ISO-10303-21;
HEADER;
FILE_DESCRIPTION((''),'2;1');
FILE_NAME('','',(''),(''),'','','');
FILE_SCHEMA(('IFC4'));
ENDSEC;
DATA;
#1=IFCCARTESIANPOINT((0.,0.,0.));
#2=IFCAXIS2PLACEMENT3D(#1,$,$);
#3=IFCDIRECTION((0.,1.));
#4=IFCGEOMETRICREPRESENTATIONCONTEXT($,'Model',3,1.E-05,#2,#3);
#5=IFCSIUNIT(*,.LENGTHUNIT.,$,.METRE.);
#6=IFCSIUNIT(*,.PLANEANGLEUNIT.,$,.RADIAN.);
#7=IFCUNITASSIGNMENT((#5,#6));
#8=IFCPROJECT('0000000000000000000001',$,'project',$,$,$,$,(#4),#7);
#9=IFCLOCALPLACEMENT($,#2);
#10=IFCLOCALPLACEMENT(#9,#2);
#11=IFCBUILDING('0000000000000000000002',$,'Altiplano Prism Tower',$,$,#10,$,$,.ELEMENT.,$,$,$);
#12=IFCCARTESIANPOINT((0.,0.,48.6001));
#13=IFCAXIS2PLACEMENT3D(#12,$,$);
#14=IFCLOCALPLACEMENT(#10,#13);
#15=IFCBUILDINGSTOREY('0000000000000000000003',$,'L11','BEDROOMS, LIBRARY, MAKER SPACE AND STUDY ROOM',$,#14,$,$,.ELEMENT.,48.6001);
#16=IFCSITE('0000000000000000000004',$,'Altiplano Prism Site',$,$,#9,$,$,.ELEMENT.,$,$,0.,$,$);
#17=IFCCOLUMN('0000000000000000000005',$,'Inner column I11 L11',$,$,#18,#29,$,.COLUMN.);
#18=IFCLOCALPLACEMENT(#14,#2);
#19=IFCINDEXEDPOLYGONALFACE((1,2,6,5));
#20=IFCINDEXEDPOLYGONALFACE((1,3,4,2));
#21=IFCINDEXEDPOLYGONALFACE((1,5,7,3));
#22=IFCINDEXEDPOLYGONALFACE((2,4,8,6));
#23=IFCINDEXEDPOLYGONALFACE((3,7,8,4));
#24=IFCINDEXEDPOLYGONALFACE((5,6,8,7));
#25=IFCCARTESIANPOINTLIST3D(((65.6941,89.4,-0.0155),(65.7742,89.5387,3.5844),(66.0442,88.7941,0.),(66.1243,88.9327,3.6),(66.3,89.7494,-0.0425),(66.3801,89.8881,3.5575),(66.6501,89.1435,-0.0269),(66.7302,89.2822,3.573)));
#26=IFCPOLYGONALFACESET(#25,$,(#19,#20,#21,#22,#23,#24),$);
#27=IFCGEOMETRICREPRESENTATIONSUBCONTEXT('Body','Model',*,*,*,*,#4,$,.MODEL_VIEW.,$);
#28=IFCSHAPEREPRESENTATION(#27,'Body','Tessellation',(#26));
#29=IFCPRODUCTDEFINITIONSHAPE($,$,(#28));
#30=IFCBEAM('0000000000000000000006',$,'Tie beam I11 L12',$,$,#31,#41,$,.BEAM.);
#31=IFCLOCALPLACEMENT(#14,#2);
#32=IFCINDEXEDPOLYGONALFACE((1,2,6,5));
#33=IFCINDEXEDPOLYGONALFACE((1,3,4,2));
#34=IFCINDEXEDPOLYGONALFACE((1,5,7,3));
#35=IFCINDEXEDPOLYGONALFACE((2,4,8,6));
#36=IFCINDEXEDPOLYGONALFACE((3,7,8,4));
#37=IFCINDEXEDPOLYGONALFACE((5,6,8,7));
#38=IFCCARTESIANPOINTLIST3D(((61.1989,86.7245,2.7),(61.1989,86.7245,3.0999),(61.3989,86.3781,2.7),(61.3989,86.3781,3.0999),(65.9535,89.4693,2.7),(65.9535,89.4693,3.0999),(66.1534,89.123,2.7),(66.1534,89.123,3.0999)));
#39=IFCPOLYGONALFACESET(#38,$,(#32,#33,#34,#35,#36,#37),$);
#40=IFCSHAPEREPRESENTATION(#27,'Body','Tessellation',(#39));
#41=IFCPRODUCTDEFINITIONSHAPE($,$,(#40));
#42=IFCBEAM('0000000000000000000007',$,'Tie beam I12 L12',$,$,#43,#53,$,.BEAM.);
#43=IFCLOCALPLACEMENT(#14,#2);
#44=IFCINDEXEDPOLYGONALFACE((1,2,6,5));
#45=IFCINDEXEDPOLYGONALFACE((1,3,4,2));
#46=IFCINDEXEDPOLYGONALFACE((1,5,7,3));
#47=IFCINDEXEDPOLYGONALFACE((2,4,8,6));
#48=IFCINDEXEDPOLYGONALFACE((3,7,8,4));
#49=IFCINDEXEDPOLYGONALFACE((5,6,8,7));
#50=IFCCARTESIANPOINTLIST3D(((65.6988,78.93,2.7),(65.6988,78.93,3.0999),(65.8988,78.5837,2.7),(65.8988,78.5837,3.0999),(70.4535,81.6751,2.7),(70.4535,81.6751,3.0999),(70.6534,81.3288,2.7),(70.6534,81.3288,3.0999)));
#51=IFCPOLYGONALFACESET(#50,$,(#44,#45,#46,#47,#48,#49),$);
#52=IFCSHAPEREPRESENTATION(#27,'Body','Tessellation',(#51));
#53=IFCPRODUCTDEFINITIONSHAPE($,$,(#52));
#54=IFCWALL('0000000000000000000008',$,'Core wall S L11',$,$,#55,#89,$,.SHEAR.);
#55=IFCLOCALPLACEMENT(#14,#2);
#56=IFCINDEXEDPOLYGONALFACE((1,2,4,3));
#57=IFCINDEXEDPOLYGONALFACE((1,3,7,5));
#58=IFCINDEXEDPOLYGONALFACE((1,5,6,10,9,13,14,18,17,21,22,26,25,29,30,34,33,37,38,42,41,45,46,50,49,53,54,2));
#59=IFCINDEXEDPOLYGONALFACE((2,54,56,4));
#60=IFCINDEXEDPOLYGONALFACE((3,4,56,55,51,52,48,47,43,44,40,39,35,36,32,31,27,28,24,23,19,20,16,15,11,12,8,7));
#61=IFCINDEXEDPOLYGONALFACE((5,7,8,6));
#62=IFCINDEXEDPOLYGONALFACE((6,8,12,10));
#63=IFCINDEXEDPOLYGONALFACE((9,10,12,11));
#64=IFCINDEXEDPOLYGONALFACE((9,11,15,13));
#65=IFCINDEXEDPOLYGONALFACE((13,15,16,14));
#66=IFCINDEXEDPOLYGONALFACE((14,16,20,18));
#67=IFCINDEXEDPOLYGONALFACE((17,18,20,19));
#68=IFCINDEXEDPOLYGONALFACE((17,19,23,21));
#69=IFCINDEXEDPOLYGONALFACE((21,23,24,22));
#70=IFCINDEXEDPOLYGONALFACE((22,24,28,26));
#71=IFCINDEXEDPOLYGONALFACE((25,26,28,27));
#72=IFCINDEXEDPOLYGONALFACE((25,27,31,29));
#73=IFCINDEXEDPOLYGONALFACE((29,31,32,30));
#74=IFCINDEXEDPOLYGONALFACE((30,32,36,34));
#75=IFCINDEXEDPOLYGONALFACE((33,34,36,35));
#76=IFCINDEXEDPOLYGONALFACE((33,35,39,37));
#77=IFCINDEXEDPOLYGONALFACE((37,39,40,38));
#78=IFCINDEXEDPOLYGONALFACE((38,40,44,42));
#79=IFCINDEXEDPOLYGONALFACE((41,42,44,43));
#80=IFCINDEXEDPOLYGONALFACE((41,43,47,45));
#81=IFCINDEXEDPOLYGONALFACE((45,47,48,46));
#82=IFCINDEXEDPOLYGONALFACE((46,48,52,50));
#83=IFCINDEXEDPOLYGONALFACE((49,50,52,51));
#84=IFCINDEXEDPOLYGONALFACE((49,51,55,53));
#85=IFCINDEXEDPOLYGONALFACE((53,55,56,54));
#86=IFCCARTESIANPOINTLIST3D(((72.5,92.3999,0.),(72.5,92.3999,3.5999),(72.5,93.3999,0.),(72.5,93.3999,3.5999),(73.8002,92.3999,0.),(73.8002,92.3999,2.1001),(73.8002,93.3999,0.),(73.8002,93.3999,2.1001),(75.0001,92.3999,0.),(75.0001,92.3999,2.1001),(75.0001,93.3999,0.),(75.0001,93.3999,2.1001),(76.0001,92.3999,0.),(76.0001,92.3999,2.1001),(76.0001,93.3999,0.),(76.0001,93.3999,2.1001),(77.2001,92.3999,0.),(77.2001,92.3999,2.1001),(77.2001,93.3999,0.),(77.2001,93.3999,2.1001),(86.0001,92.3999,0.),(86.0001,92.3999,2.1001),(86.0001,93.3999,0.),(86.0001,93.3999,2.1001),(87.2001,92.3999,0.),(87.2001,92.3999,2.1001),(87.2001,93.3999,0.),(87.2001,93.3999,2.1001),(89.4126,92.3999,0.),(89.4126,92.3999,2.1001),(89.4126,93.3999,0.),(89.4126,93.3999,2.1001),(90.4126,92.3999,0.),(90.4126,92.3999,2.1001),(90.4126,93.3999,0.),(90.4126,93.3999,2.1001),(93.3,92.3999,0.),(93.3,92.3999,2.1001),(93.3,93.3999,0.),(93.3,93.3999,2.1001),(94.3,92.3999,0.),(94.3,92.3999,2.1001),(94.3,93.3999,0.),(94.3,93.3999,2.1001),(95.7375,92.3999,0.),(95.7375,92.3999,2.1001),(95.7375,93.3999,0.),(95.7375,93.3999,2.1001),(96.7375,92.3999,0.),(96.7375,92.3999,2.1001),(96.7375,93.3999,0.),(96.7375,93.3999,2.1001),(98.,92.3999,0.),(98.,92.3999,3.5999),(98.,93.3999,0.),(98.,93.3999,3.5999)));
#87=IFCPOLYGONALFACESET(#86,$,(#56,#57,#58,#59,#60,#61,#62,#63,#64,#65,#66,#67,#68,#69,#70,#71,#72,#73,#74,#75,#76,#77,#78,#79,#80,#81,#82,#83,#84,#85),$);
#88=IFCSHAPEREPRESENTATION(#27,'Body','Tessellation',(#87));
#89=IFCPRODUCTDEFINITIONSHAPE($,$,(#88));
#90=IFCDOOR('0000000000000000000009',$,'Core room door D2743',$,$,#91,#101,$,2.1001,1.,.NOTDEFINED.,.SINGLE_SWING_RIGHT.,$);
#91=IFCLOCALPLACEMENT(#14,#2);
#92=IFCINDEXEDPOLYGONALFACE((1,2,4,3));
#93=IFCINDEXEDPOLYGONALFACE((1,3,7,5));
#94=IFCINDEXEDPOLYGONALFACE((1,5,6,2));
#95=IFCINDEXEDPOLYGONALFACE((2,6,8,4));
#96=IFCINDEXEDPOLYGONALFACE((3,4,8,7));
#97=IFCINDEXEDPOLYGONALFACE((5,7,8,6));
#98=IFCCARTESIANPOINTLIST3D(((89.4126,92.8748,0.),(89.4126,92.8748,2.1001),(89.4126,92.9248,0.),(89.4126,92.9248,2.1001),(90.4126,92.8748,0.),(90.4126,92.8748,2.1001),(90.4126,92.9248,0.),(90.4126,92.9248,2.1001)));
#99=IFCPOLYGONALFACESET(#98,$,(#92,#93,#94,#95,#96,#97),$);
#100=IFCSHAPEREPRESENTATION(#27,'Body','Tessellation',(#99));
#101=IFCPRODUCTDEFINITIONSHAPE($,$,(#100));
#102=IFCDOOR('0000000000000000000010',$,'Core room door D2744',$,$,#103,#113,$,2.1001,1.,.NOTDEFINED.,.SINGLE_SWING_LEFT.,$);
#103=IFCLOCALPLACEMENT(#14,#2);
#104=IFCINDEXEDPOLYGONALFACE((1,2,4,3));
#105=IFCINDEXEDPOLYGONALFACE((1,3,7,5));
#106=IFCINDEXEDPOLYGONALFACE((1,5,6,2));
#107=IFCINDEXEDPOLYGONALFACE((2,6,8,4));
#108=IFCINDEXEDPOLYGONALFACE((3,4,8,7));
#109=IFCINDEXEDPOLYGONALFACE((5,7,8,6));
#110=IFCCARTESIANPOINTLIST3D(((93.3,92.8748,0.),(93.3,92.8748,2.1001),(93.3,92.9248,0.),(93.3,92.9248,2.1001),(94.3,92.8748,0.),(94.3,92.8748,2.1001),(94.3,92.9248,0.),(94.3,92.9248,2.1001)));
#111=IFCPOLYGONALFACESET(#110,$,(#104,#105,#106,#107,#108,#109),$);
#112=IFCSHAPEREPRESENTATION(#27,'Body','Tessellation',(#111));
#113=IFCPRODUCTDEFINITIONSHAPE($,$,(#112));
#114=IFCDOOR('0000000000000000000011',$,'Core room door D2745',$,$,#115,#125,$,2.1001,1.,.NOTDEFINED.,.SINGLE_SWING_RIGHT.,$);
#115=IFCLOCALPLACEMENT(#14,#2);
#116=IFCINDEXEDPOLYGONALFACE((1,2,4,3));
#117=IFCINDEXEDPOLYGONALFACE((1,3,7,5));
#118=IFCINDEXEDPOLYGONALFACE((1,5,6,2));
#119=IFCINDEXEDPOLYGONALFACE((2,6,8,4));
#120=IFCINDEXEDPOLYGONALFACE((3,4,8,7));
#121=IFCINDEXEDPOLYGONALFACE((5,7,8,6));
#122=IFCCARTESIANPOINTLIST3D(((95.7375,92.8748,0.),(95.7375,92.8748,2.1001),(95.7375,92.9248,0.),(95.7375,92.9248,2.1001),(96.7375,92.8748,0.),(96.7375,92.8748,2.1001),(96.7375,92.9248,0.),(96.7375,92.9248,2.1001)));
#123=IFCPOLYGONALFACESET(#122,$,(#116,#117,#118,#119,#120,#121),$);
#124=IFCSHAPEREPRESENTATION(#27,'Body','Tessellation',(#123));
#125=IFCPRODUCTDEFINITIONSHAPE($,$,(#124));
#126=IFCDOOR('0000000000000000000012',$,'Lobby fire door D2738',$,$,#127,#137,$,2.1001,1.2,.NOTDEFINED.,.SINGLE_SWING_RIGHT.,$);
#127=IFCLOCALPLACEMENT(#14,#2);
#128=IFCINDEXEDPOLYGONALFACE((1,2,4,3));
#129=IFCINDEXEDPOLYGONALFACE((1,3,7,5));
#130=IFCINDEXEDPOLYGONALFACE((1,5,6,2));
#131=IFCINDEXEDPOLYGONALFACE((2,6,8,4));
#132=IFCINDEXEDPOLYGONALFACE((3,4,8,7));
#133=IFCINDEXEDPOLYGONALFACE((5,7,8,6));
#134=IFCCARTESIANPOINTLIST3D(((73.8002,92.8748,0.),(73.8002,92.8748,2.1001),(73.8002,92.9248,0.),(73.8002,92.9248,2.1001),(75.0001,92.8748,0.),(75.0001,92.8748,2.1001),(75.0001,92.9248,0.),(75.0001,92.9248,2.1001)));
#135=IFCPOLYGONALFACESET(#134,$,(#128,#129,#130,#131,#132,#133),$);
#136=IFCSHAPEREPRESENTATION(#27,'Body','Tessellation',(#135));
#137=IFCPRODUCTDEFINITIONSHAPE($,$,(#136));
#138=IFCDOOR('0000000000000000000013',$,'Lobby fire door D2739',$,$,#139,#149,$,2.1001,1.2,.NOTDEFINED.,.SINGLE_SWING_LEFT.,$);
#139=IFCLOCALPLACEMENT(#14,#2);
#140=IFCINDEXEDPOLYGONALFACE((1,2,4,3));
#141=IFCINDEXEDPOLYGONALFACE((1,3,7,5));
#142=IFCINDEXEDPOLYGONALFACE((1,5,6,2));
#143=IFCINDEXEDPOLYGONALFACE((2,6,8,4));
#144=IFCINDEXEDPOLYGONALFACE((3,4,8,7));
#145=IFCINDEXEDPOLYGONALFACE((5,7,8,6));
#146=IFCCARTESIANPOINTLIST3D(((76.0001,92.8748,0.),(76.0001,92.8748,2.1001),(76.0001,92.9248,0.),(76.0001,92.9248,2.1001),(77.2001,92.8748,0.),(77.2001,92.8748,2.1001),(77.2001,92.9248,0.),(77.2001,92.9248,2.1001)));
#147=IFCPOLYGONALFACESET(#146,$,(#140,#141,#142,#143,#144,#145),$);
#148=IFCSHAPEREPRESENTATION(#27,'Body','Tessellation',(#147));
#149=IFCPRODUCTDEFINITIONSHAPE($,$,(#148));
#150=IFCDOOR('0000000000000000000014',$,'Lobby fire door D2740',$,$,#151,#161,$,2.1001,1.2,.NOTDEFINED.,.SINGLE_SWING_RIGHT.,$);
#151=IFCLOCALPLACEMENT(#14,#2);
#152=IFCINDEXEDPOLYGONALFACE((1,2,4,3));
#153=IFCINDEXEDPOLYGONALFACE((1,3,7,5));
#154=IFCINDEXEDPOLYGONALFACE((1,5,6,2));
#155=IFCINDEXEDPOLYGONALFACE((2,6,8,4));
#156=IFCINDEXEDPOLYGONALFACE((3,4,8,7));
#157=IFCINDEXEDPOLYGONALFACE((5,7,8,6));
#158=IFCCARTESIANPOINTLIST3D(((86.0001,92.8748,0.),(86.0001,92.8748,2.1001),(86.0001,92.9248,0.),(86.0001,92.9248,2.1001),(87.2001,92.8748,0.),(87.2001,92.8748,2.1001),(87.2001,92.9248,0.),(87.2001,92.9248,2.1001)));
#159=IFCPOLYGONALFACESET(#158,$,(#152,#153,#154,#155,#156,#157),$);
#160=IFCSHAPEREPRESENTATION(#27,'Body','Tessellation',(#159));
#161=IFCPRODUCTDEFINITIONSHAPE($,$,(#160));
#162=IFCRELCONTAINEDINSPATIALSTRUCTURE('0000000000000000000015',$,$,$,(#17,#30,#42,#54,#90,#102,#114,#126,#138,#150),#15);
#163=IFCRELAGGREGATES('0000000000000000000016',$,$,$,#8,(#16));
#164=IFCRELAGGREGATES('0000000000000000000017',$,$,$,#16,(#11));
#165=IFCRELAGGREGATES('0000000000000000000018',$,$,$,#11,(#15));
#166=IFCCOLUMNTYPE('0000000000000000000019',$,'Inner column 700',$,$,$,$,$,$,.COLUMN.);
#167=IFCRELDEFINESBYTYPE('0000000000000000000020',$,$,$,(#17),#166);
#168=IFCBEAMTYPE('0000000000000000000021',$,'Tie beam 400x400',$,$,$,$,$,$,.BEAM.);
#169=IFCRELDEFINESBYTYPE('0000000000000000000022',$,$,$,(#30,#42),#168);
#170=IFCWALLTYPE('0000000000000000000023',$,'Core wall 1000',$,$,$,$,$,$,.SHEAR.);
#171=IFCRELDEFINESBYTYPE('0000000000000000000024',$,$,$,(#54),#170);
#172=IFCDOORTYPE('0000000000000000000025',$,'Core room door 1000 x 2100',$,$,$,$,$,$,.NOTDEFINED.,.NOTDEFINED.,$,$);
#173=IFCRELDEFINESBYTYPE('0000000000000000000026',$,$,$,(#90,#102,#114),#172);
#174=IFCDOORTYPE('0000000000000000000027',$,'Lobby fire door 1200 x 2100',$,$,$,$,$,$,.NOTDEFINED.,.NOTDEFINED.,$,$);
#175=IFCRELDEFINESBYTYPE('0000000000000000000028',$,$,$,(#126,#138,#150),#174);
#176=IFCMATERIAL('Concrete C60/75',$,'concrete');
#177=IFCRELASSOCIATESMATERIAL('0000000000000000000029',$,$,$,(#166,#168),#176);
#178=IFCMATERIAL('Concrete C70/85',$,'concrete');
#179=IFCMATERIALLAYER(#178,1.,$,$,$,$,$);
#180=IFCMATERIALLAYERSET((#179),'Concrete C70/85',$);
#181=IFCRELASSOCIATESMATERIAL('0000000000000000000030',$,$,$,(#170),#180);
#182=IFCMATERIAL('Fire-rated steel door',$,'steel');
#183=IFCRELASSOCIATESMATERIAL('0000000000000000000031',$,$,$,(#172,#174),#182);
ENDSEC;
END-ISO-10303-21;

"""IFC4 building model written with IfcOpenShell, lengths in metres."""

from ifc_helpers import new_model, si_unit, direction, frame, frame_2d, origin, origin_2d, place, context, subcontext, project, spatial, rectangle, extrude, material, layer, layer_set, material_profile, profile_set, type_object, element, fill, save


model = new_model("IFC4")

# Units and contexts
model_context = context("Model", 3, precision=1e-05, world=origin(), true_north=direction((0.0, 1.0)))
body_context = subcontext(model_context, "Body", "Model", "MODEL_VIEW")
ifc_project = project(units=[si_unit("LENGTHUNIT", "METRE"), si_unit("PLANEANGLEUNIT", "RADIAN")], contexts=[model_context])

# Site, building, storey
site_placement = place(None, origin())
site = spatial("IfcSite", under=ifc_project, at=site_placement, Name="Altiplano Prism Site", CompositionType="ELEMENT", RefElevation=0.0)
building_placement = place(site_placement, origin())
building = spatial("IfcBuilding", under=site, at=building_placement, Name="Altiplano Prism Tower", CompositionType="ELEMENT")
storey_placement = place(building_placement, frame((0.0, 0.0, 48.6001)))
storey = spatial("IfcBuildingStorey", under=building, at=storey_placement, Name="L11", Description="BEDROOMS, LIBRARY, MAKER SPACE AND STUDY ROOM", CompositionType="ELEMENT", Elevation=48.6001)

# Column
ifc_material_1 = material(Name="Concrete C60/75", Category="concrete")
ifc_material_profile_1 = material_profile(ifc_material_1, rectangle(XDim=0.7, YDim=0.7, at=origin_2d()), Name="Inner column 700")
ifc_profile_set_1 = profile_set([ifc_material_profile_1], Name="Concrete C60/75")
column_type = type_object("IfcColumnType", Name="Inner column 700", PredefinedType="COLUMN", material=ifc_profile_set_1)
column_placement = place(storey_placement, frame((66.1721, 89.2717, -0.0212), z_axis=(0.022223, 0.038483, 0.999012), x_axis=(-0.865644, -0.499179, 0.038485)))
element("IfcColumn", 1, at=column_placement, inside=storey, type_object=column_type, Name="Inner column I11 L11", PredefinedType="COLUMN", context=body_context, shape_type="SweptSolid", body=[
    extrude(rectangle(XDim=0.7, YDim=0.7, at=origin_2d()), origin(), (0.0, 0.0, 1.0), 3.6035),
])

# Beams
ifc_material_profile_2 = material_profile(ifc_material_1, rectangle(XDim=0.3999, YDim=0.3999, at=origin_2d()), Name="Tie beam 400x400")
ifc_profile_set_2 = profile_set([ifc_material_profile_2], Name="Concrete C60/75")
beam_type = type_object("IfcBeamType", Name="Tie beam 400x400", PredefinedType="BEAM", material=ifc_profile_set_2)
beam_1_placement = place(storey_placement, frame((66.0535, 89.2961, 2.8999), z_axis=(-0.866043, -0.49997, 0.0), x_axis=(0.49997, -0.866043, 0.0)))
element("IfcBeam", 2, at=beam_1_placement, inside=storey, type_object=beam_type, Name="Tie beam I11 L12", PredefinedType="BEAM", context=body_context, shape_type="SweptSolid", body=[
    extrude(rectangle(XDim=0.3999, YDim=0.3999, at=origin_2d()), origin(), (0.0, 0.0, 1.0), 5.49),
])
beam_2_placement = place(storey_placement, frame((70.5535, 81.502, 2.8999), z_axis=(-0.866023, -0.500003, 0.0), x_axis=(0.500003, -0.866023, 0.0)))
element("IfcBeam", 3, at=beam_2_placement, inside=storey, type_object=beam_type, Name="Tie beam I12 L12", PredefinedType="BEAM", context=body_context, shape_type="SweptSolid", body=[
    extrude(rectangle(XDim=0.3999, YDim=0.3999, at=origin_2d()), origin(), (0.0, 0.0, 1.0), 5.4902),
])

# Wall, openings, doors
ifc_material_2 = material(Name="Concrete C70/85", Category="concrete")
ifc_layer_1 = layer(ifc_material_2, 1.0)
ifc_layer_set_1 = layer_set([ifc_layer_1], Name="Concrete C70/85")
wall_type_1 = type_object("IfcWallType", Name="Core wall 1000", PredefinedType="SHEAR", material=ifc_layer_set_1)
wall_1_placement = place(storey_placement, frame((72.5, 92.8999, 0.0), z_axis=(0.0, 0.0, 1.0), x_axis=(1.0, 0.0, 0.0)))
wall_1 = element("IfcWall", 4, at=wall_1_placement, inside=storey, type_object=wall_type_1, Name="Core wall S L11", PredefinedType="SHEAR", context=body_context, shape_type="SweptSolid", body=[
    extrude(rectangle(XDim=25.5, YDim=1.0, at=frame_2d((12.75, 0.0))), origin(), (0.0, 0.0, 1.0), 3.5999),
])
opening_1_placement = place(wall_1_placement, frame((1.3, 0.0, 0.0)))
opening_1 = element("IfcOpeningElement", 5, at=opening_1_placement, cuts=wall_1, PredefinedType="OPENING", context=body_context, shape_type="SweptSolid", body=[
    extrude(rectangle(XDim=1.2, YDim=2.1001, at=frame_2d((0.6001, 1.05))), frame((0.0, 0.5105, 0.0), z_axis=(0.0, -1.0, 0.0), x_axis=(1.0, 0.0, 0.0)), (0.0, 0.0, 1.0), 1.021),
])
opening_2_placement = place(wall_1_placement, frame((3.5, 0.0, 0.0)))
opening_2 = element("IfcOpeningElement", 6, at=opening_2_placement, cuts=wall_1, PredefinedType="OPENING", context=body_context, shape_type="SweptSolid", body=[
    extrude(rectangle(XDim=1.2, YDim=2.1001, at=frame_2d((0.6001, 1.05))), frame((0.0, 0.5105, 0.0), z_axis=(0.0, -1.0, 0.0), x_axis=(1.0, 0.0, 0.0)), (0.0, 0.0, 1.0), 1.021),
])
opening_3_placement = place(wall_1_placement, frame((13.5, 0.0, 0.0)))
opening_3 = element("IfcOpeningElement", 7, at=opening_3_placement, cuts=wall_1, PredefinedType="OPENING", context=body_context, shape_type="SweptSolid", body=[
    extrude(rectangle(XDim=1.2, YDim=2.1001, at=frame_2d((0.6001, 1.05))), frame((0.0, 0.5105, 0.0), z_axis=(0.0, -1.0, 0.0), x_axis=(1.0, 0.0, 0.0)), (0.0, 0.0, 1.0), 1.021),
])
opening_4_placement = place(wall_1_placement, frame((16.9126, 0.0, 0.0)))
opening_4 = element("IfcOpeningElement", 8, at=opening_4_placement, cuts=wall_1, PredefinedType="OPENING", context=body_context, shape_type="SweptSolid", body=[
    extrude(rectangle(XDim=1.0, YDim=2.1001, at=frame_2d((0.5, 1.05))), frame((0.0, 0.5105, 0.0), z_axis=(0.0, -1.0, 0.0), x_axis=(1.0, 0.0, 0.0)), (0.0, 0.0, 1.0), 1.021),
])
opening_5_placement = place(wall_1_placement, frame((20.8, 0.0, 0.0)))
opening_5 = element("IfcOpeningElement", 9, at=opening_5_placement, cuts=wall_1, PredefinedType="OPENING", context=body_context, shape_type="SweptSolid", body=[
    extrude(rectangle(XDim=1.0, YDim=2.1001, at=frame_2d((0.5, 1.05))), frame((0.0, 0.5105, 0.0), z_axis=(0.0, -1.0, 0.0), x_axis=(1.0, 0.0, 0.0)), (0.0, 0.0, 1.0), 1.021),
])
opening_6_placement = place(wall_1_placement, frame((23.2375, 0.0, 0.0)))
opening_6 = element("IfcOpeningElement", 10, at=opening_6_placement, cuts=wall_1, PredefinedType="OPENING", context=body_context, shape_type="SweptSolid", body=[
    extrude(rectangle(XDim=1.0, YDim=2.1001, at=frame_2d((0.5, 1.05))), frame((0.0, 0.5105, 0.0), z_axis=(0.0, -1.0, 0.0), x_axis=(1.0, 0.0, 0.0)), (0.0, 0.0, 1.0), 1.021),
])
ifc_material_3 = material(Name="Fire-rated steel door", Category="steel")
door_type_1 = type_object("IfcDoorType", Name="Core room door 1000 x 2100", OperationType="NOTDEFINED", PredefinedType="NOTDEFINED", material=ifc_material_3)
door_1_placement = place(opening_4_placement, origin())
door_1 = element("IfcDoor", 11, at=door_1_placement, inside=storey, type_object=door_type_1, Name="Core room door D2743", OperationType="SINGLE_SWING_RIGHT", OverallHeight=2.1001, OverallWidth=1.0, PredefinedType="NOTDEFINED", context=body_context, shape_type="SweptSolid", body=[
    extrude(rectangle(XDim=1.0, YDim=2.1001, at=frame_2d((0.5, 1.05))), frame((0.0, 0.0249, 0.0), z_axis=(0.0, -1.0, 0.0), x_axis=(1.0, 0.0, 0.0)), (0.0, 0.0, 1.0), 0.05),
])
fill(opening_4, door_1)
door_2_placement = place(opening_5_placement, origin())
door_2 = element("IfcDoor", 12, at=door_2_placement, inside=storey, type_object=door_type_1, Name="Core room door D2744", OperationType="SINGLE_SWING_LEFT", OverallHeight=2.1001, OverallWidth=1.0, PredefinedType="NOTDEFINED", context=body_context, shape_type="SweptSolid", body=[
    extrude(rectangle(XDim=1.0, YDim=2.1001, at=frame_2d((0.5, 1.05))), frame((0.0, 0.0249, 0.0), z_axis=(0.0, -1.0, 0.0), x_axis=(1.0, 0.0, 0.0)), (0.0, 0.0, 1.0), 0.05),
])
fill(opening_5, door_2)
door_3_placement = place(opening_6_placement, origin())
door_3 = element("IfcDoor", 13, at=door_3_placement, inside=storey, type_object=door_type_1, Name="Core room door D2745", OperationType="SINGLE_SWING_RIGHT", OverallHeight=2.1001, OverallWidth=1.0, PredefinedType="NOTDEFINED", context=body_context, shape_type="SweptSolid", body=[
    extrude(rectangle(XDim=1.0, YDim=2.1001, at=frame_2d((0.5, 1.05))), frame((0.0, 0.0249, 0.0), z_axis=(0.0, -1.0, 0.0), x_axis=(1.0, 0.0, 0.0)), (0.0, 0.0, 1.0), 0.05),
])
fill(opening_6, door_3)
door_type_2 = type_object("IfcDoorType", Name="Lobby fire door 1200 x 2100", OperationType="NOTDEFINED", PredefinedType="NOTDEFINED", material=ifc_material_3)
door_4_placement = place(opening_1_placement, origin())
door_4 = element("IfcDoor", 14, at=door_4_placement, inside=storey, type_object=door_type_2, Name="Lobby fire door D2738", OperationType="SINGLE_SWING_RIGHT", OverallHeight=2.1001, OverallWidth=1.2, PredefinedType="NOTDEFINED", context=body_context, shape_type="SweptSolid", body=[
    extrude(rectangle(XDim=1.2, YDim=2.1001, at=frame_2d((0.6001, 1.05))), frame((0.0, 0.0249, 0.0), z_axis=(0.0, -1.0, 0.0), x_axis=(1.0, 0.0, 0.0)), (0.0, 0.0, 1.0), 0.05),
])
fill(opening_1, door_4)
door_5_placement = place(opening_2_placement, origin())
door_5 = element("IfcDoor", 15, at=door_5_placement, inside=storey, type_object=door_type_2, Name="Lobby fire door D2739", OperationType="SINGLE_SWING_LEFT", OverallHeight=2.1001, OverallWidth=1.2, PredefinedType="NOTDEFINED", context=body_context, shape_type="SweptSolid", body=[
    extrude(rectangle(XDim=1.2, YDim=2.1001, at=frame_2d((0.6001, 1.05))), frame((0.0, 0.0249, 0.0), z_axis=(0.0, -1.0, 0.0), x_axis=(1.0, 0.0, 0.0)), (0.0, 0.0, 1.0), 0.05),
])
fill(opening_2, door_5)
door_6_placement = place(opening_3_placement, origin())
door_6 = element("IfcDoor", 16, at=door_6_placement, inside=storey, type_object=door_type_2, Name="Lobby fire door D2740", OperationType="SINGLE_SWING_RIGHT", OverallHeight=2.1001, OverallWidth=1.2, PredefinedType="NOTDEFINED", context=body_context, shape_type="SweptSolid", body=[
    extrude(rectangle(XDim=1.2, YDim=2.1001, at=frame_2d((0.6001, 1.05))), frame((0.0, 0.0249, 0.0), z_axis=(0.0, -1.0, 0.0), x_axis=(1.0, 0.0, 0.0)), (0.0, 0.0, 1.0), 0.05),
])
fill(opening_3, door_6)

save(model, "model.ifc")
